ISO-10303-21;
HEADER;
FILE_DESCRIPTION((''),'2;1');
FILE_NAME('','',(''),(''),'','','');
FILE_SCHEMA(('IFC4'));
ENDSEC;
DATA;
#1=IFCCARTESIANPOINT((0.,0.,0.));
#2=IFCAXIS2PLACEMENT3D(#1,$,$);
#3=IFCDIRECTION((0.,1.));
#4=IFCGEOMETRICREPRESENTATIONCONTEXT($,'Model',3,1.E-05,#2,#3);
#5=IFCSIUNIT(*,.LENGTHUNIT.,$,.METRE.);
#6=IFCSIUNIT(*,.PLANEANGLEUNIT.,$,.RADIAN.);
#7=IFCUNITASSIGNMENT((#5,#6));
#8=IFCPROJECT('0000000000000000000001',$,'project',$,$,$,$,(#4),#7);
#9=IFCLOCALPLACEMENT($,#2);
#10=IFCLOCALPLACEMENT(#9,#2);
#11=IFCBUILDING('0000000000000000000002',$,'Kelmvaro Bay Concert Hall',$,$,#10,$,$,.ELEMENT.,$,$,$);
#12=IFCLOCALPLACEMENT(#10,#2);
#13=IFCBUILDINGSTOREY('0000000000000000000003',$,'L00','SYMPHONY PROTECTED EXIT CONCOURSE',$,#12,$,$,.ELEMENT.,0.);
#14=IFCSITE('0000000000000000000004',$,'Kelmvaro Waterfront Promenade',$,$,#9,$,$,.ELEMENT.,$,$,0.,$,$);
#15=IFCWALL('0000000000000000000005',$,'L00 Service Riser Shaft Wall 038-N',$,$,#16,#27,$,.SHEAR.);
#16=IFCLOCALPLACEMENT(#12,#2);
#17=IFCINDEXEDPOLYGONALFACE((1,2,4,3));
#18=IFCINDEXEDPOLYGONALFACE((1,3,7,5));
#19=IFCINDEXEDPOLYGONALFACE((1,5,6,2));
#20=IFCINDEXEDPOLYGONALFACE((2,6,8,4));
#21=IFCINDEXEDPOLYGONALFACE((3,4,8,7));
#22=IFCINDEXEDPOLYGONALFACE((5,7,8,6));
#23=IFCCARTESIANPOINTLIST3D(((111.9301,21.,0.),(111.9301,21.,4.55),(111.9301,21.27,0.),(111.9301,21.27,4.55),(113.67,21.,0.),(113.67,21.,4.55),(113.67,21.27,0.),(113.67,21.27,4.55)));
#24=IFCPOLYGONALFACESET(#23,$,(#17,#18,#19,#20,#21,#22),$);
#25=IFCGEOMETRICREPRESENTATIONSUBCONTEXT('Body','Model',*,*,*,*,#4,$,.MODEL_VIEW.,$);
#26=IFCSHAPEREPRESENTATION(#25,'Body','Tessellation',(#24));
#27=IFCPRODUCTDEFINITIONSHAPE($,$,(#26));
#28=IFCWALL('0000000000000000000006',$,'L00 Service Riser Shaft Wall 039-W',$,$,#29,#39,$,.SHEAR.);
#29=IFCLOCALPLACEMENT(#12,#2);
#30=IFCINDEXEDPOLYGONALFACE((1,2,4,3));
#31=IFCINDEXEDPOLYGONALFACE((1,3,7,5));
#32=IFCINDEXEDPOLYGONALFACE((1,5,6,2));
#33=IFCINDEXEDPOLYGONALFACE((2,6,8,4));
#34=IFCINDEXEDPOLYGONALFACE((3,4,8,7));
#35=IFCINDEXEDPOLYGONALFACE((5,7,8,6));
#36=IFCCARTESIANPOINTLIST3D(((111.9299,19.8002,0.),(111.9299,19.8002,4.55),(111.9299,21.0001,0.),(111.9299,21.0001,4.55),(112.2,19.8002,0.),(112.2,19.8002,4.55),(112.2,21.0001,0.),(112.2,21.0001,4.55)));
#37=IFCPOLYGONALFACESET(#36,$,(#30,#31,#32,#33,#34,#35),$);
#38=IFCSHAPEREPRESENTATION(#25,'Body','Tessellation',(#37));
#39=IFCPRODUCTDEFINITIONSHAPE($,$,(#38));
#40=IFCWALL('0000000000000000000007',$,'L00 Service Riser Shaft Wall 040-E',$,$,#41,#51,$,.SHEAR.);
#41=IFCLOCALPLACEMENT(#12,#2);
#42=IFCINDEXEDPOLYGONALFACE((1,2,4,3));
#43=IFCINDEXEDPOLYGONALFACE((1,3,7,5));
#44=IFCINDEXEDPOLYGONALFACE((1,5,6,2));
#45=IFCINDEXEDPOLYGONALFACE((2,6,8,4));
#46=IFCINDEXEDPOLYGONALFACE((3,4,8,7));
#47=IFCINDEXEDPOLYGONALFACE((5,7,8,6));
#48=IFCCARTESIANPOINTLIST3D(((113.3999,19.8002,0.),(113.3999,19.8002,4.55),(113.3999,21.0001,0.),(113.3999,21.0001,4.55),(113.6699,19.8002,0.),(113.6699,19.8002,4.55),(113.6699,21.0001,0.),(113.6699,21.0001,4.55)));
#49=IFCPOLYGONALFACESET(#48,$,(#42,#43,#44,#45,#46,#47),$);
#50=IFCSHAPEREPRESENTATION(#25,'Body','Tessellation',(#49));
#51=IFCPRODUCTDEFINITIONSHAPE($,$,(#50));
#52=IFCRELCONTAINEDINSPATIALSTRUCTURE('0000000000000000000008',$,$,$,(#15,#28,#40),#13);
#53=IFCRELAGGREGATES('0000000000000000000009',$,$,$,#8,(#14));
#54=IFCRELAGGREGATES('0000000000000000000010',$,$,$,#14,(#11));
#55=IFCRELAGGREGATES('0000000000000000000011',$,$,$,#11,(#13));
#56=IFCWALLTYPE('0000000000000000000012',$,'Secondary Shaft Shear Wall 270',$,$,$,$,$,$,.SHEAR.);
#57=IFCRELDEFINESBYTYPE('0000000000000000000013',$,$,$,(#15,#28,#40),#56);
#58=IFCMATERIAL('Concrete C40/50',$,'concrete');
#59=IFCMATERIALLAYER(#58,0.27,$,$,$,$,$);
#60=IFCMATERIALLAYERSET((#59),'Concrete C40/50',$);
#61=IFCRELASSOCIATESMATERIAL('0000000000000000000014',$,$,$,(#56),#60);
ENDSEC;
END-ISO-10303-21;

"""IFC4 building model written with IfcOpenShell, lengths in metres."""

from ifc_helpers import new_model, si_unit, direction, frame, frame_2d, origin, place, context, subcontext, project, spatial, rectangle, extrude, material, layer, layer_set, type_object, element, save


model = new_model("IFC4")

# Units and contexts
model_context = context("Model", 3, precision=1e-05, world=origin(), true_north=direction((0.0, 1.0)))
body_context = subcontext(model_context, "Body", "Model", "MODEL_VIEW")
ifc_project = project(units=[si_unit("LENGTHUNIT", "METRE"), si_unit("PLANEANGLEUNIT", "RADIAN")], contexts=[model_context])

# Site, building, storey
site_placement = place(None, origin())
site = spatial("IfcSite", under=ifc_project, at=site_placement, Name="Kelmvaro Waterfront Promenade", CompositionType="ELEMENT", RefElevation=0.0)
building_placement = place(site_placement, origin())
building = spatial("IfcBuilding", under=site, at=building_placement, Name="Kelmvaro Bay Concert Hall", CompositionType="ELEMENT")
storey_placement = place(building_placement, origin())
storey = spatial("IfcBuildingStorey", under=building, at=storey_placement, Name="L00", Description="SYMPHONY PROTECTED EXIT CONCOURSE", CompositionType="ELEMENT", Elevation=0.0)

# Walls
ifc_material_1 = material(Name="Concrete C40/50", Category="concrete")
ifc_layer_1 = layer(ifc_material_1, 0.27)
ifc_layer_set_1 = layer_set([ifc_layer_1], Name="Concrete C40/50")
wall_type_1 = type_object("IfcWallType", Name="Secondary Shaft Shear Wall 270", PredefinedType="SHEAR", material=ifc_layer_set_1)
for number, where, z_axis, x_axis, name in (
    (1, (111.9299, 21.135, 0.0), (0.0, 0.0, 1.0), (1.0, 0.0, 0.0), "L00 Service Riser Shaft Wall 038-N"),
):
    element("IfcWall", number, at=place(storey_placement, frame(where, z_axis=z_axis, x_axis=x_axis)), inside=storey, type_object=wall_type_1, Name=name, PredefinedType="SHEAR", context=body_context, shape_type="SweptSolid", body=[
        extrude(rectangle(XDim=1.74, YDim=0.27, at=frame_2d((0.8701, 0.0))), origin(), (0.0, 0.0, 1.0), 4.55),
    ])
for number, where, z_axis, x_axis, name in (
    (2, (112.0649, 19.8, 0.0), (0.0, 0.0, 1.0), (0.0, 1.0, 0.0), "L00 Service Riser Shaft Wall 039-W"),
    (3, (113.5349, 19.8, 0.0), (0.0, 0.0, 1.0), (0.0, 1.0, 0.0), "L00 Service Riser Shaft Wall 040-E"),
):
    element("IfcWall", number, at=place(storey_placement, frame(where, z_axis=z_axis, x_axis=x_axis)), inside=storey, type_object=wall_type_1, Name=name, PredefinedType="SHEAR", context=body_context, shape_type="SweptSolid", body=[
        extrude(rectangle(XDim=1.2, YDim=0.27, at=frame_2d((0.6001, 0.0))), origin(), (0.0, 0.0, 1.0), 4.55),
    ])

save(model, "model.ifc")
